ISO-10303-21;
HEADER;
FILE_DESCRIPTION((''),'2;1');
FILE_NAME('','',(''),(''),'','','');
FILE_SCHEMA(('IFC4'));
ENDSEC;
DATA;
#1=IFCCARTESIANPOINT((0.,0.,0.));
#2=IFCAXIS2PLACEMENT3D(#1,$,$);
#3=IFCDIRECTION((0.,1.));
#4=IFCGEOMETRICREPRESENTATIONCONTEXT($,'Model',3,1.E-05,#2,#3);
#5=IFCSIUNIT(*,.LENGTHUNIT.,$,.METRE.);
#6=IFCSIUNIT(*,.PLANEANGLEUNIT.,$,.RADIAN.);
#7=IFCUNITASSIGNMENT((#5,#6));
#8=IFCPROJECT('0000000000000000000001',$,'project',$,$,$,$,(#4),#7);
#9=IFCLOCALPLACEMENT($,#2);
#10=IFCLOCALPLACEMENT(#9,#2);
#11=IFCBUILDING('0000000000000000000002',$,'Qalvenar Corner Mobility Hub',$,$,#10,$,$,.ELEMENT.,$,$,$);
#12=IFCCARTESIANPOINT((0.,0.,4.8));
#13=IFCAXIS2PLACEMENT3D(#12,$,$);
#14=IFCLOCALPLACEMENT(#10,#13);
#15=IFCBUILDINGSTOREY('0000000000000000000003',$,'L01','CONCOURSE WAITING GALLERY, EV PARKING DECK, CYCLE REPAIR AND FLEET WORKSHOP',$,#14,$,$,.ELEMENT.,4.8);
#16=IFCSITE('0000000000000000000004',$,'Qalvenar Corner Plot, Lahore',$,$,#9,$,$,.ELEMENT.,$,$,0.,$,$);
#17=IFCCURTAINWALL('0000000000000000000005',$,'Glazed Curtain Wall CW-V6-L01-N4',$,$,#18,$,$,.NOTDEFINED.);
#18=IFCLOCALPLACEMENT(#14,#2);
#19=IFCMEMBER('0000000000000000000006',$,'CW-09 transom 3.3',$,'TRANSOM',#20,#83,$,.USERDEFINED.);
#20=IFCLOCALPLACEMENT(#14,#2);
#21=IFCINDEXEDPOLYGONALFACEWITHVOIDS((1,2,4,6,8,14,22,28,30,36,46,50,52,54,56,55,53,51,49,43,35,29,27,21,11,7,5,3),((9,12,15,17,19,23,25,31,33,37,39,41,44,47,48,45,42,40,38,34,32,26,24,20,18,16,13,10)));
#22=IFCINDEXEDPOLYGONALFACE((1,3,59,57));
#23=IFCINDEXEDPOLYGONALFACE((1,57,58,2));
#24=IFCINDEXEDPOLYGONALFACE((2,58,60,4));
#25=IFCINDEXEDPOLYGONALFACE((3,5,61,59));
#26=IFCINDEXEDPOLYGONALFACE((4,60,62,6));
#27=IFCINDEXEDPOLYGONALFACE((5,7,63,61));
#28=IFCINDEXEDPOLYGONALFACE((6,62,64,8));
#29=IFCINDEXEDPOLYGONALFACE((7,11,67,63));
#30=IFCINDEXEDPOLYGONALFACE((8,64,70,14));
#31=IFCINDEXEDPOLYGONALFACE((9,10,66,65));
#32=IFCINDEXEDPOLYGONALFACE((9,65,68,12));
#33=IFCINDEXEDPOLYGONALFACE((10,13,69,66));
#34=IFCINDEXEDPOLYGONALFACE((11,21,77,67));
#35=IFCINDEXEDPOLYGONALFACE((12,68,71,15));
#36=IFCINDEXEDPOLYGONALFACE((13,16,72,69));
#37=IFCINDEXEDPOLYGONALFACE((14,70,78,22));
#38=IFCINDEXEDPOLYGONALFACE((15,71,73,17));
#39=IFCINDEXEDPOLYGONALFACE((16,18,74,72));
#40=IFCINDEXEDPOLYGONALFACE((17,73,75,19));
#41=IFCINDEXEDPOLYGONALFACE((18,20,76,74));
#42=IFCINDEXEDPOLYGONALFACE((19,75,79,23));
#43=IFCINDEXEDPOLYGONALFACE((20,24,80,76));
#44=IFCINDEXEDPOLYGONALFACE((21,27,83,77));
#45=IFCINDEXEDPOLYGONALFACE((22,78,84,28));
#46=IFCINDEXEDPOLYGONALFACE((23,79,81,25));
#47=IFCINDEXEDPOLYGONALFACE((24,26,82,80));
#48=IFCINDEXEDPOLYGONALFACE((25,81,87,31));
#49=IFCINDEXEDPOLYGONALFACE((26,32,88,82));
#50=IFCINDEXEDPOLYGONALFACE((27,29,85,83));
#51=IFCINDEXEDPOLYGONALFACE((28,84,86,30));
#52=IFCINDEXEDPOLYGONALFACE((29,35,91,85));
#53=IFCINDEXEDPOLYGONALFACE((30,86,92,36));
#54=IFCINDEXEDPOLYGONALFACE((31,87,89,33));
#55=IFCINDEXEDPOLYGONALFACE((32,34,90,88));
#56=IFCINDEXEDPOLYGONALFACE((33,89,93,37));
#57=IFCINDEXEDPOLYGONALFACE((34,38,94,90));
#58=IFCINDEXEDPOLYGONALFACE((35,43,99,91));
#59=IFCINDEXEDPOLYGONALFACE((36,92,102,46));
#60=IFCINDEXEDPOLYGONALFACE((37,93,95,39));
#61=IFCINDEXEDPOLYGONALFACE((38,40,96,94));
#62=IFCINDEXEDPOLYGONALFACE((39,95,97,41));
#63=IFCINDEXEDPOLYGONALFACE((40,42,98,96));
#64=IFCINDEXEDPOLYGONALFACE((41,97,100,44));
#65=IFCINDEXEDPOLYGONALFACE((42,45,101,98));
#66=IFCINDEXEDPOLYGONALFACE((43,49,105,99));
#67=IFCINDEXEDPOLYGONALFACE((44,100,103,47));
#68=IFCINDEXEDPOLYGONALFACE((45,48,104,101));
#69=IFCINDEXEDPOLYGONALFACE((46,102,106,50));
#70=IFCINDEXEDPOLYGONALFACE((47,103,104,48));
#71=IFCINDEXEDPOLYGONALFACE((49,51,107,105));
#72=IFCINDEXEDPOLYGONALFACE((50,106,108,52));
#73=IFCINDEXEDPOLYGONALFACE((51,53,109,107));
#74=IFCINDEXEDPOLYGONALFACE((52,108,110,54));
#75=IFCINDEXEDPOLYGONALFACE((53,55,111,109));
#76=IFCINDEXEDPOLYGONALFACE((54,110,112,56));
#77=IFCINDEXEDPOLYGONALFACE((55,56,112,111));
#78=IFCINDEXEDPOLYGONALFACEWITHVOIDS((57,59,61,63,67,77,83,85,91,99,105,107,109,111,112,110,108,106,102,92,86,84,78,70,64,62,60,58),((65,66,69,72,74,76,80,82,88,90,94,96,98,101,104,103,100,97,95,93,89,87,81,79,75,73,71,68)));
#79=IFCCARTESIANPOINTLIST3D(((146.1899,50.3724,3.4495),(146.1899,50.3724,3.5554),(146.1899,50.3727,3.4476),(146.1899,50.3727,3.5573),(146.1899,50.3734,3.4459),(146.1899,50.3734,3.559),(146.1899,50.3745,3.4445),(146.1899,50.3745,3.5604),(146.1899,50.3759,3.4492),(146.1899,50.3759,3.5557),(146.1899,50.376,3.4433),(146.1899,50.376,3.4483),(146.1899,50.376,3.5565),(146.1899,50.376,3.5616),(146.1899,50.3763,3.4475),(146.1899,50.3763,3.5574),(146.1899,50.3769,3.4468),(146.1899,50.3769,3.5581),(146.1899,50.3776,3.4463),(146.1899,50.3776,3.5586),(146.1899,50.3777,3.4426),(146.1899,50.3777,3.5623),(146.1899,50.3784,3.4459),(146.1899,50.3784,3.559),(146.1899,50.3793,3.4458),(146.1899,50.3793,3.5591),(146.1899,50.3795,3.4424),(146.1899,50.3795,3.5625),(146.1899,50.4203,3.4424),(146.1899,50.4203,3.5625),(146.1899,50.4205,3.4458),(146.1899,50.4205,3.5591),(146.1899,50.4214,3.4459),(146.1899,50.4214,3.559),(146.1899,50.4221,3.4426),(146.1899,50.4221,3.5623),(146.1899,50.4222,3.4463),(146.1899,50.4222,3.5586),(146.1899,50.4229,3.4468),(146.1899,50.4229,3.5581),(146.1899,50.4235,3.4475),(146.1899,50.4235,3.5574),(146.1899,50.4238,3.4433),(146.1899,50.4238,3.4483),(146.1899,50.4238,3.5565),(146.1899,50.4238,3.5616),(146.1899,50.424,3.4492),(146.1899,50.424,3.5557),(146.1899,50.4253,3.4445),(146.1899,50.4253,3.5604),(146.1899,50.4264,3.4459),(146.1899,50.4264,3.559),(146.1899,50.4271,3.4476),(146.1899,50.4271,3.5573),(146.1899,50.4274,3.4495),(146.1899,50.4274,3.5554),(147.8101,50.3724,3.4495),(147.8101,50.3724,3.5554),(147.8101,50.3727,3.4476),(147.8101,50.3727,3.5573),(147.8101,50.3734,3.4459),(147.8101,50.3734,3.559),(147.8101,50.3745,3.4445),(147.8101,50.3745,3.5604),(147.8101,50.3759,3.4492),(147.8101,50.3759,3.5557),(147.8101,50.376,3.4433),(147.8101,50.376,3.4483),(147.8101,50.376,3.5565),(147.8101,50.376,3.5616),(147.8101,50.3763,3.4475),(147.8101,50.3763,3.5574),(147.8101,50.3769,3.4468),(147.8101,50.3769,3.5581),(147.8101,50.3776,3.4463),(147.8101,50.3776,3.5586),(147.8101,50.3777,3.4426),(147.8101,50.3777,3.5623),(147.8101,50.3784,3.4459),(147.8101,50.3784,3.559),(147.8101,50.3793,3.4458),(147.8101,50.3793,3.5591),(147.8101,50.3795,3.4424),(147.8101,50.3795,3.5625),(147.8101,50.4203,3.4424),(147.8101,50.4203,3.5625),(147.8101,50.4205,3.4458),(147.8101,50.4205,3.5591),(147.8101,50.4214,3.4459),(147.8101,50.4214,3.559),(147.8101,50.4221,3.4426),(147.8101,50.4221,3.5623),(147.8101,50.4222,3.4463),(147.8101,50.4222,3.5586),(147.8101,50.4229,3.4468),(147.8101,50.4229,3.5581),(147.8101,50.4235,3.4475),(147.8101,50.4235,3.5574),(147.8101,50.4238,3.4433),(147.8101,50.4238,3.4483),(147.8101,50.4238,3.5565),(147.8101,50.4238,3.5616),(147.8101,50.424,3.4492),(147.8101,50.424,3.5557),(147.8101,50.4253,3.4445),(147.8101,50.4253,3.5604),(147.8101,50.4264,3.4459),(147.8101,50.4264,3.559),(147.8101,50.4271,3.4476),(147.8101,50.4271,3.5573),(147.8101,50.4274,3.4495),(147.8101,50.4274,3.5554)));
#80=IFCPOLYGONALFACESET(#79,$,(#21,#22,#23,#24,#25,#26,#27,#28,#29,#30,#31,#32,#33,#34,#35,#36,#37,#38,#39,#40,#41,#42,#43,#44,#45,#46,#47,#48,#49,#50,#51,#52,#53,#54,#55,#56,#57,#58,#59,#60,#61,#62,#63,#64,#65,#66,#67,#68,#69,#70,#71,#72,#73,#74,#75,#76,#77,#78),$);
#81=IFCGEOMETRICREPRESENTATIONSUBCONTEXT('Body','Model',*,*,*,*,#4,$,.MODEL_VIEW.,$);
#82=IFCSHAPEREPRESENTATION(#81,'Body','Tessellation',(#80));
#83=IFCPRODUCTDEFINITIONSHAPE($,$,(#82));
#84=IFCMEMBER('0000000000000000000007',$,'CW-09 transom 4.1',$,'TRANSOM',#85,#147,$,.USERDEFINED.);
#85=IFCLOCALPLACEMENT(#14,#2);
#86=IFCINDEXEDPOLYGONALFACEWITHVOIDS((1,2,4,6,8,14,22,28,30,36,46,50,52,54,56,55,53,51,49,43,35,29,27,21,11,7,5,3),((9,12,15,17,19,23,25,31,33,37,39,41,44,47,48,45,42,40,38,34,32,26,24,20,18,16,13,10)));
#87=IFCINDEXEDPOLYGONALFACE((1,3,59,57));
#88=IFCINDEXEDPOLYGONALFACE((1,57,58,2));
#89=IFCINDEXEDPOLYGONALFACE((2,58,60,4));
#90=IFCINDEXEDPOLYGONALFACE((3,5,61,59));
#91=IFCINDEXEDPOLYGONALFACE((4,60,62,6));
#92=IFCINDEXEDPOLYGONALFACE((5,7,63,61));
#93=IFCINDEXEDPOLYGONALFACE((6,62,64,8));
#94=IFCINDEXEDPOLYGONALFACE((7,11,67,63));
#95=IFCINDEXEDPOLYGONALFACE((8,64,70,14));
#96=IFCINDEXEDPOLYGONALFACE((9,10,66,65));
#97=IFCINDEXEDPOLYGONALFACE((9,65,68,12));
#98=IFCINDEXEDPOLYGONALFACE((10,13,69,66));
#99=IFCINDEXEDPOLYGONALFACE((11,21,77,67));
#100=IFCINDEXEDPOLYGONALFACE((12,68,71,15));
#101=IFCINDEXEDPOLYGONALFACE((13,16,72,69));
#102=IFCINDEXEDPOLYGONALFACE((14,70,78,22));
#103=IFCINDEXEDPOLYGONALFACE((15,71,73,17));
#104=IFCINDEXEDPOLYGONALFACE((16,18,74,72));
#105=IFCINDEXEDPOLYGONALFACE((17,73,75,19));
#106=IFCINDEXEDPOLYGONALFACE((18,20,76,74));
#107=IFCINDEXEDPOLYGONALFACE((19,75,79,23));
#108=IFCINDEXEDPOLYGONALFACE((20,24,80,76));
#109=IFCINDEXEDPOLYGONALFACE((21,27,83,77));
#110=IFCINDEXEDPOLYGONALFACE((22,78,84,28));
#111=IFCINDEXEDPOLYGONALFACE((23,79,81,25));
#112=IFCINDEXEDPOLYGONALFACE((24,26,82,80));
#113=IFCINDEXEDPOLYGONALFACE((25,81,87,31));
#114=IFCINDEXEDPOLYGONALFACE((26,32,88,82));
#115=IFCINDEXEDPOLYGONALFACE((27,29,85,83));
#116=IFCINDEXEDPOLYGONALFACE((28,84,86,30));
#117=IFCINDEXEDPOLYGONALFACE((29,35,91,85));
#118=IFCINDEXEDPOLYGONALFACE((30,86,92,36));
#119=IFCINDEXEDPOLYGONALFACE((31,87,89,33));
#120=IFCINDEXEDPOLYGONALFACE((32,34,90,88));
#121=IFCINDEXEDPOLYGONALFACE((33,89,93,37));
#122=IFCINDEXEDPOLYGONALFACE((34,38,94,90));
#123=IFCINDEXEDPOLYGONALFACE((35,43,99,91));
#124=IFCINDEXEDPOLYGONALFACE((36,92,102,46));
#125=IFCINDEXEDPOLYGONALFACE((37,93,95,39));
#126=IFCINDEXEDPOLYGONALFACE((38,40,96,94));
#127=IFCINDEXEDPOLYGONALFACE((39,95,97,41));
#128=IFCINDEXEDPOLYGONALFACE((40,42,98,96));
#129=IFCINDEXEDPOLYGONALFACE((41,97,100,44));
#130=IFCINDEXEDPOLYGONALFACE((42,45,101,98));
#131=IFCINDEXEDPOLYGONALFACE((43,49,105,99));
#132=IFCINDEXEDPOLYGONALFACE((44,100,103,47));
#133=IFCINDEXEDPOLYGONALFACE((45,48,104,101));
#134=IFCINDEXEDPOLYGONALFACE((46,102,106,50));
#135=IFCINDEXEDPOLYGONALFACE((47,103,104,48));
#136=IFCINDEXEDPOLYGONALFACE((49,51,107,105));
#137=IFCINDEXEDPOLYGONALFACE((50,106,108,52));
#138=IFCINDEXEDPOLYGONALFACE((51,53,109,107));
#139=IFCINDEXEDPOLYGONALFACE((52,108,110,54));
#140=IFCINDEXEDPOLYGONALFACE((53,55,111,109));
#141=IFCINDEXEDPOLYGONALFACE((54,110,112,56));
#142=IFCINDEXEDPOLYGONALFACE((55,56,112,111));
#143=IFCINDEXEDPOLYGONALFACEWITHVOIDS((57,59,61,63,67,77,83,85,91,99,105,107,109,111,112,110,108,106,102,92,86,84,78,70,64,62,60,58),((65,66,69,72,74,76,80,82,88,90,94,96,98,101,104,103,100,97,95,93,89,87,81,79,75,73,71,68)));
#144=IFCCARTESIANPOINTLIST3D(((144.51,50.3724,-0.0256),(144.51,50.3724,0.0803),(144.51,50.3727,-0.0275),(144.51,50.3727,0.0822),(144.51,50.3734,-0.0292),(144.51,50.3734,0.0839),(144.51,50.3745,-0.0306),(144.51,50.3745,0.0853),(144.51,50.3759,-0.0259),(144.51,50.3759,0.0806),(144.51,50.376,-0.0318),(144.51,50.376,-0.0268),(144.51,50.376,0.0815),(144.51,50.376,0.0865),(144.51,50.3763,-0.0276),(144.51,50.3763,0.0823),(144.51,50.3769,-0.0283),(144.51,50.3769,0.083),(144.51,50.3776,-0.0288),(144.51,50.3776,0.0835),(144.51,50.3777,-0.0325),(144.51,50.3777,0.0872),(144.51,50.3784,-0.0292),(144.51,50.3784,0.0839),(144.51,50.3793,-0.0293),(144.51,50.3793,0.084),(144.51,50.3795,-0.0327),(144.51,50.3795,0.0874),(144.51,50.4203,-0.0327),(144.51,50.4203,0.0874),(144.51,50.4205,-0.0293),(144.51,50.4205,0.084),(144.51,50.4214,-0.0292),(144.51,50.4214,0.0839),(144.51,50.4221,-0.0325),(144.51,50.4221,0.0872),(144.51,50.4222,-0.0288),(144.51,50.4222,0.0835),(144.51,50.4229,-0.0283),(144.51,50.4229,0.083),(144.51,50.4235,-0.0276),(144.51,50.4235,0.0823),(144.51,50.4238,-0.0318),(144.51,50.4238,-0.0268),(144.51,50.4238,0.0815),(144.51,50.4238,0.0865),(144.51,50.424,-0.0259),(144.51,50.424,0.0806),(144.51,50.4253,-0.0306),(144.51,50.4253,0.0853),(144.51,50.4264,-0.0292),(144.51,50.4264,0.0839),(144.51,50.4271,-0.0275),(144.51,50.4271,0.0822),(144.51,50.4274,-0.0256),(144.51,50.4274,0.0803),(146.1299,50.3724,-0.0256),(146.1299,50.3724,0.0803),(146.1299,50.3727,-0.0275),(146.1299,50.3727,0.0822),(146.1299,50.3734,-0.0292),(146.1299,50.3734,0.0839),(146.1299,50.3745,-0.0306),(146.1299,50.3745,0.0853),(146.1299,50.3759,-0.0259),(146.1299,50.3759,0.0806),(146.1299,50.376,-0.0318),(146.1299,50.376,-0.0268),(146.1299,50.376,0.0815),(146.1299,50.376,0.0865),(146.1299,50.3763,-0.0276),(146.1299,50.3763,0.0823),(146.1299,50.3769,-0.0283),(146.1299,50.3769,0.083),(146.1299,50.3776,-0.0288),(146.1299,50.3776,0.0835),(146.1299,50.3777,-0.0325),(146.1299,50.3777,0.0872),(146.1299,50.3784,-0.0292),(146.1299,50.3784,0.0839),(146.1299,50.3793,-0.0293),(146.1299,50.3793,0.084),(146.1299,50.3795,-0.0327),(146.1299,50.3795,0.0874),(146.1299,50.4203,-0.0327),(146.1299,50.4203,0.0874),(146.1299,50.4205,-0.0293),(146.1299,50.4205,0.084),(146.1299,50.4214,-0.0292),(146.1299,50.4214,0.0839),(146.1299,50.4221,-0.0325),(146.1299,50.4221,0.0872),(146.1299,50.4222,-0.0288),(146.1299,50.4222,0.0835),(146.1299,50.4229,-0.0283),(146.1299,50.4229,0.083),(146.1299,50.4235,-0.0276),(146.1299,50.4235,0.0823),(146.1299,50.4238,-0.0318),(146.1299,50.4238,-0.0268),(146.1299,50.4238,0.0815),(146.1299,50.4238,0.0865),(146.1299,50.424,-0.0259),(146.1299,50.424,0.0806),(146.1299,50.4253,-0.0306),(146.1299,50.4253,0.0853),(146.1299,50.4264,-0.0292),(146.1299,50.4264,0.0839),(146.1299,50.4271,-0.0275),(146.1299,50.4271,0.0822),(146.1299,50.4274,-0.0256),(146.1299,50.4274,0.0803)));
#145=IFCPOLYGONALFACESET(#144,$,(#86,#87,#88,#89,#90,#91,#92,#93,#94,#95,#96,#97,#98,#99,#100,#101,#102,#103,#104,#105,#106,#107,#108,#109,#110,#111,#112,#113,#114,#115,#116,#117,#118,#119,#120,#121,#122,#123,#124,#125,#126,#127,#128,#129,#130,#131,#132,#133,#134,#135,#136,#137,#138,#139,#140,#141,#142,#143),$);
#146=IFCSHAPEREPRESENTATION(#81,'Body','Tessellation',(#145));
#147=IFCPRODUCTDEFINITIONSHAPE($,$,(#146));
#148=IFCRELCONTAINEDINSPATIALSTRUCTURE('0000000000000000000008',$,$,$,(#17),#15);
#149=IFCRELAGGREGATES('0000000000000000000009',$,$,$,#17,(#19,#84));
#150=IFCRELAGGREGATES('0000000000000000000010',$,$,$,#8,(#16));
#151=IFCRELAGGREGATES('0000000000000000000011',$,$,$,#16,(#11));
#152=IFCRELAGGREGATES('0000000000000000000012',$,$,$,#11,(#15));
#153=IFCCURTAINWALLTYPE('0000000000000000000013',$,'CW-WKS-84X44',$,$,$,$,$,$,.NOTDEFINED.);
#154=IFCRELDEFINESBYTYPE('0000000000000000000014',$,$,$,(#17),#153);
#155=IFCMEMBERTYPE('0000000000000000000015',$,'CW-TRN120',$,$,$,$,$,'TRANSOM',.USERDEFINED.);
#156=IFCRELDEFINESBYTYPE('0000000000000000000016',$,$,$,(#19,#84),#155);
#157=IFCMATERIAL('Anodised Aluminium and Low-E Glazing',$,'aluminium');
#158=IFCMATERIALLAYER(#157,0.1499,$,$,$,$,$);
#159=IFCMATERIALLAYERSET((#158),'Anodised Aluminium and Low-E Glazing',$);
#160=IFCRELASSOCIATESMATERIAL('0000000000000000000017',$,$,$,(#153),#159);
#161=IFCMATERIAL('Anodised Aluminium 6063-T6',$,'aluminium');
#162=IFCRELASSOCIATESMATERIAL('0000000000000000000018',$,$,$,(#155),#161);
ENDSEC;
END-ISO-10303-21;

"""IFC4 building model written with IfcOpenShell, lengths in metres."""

from ifc_helpers import new_model, si_unit, direction, frame, origin, origin_2d, place, context, subcontext, project, spatial, hollow_rectangle, extrude, material, layer, layer_set, material_profile, profile_set, type_object, element, aggregate, save


model = new_model("IFC4")

# Units and contexts
model_context = context("Model", 3, precision=1e-05, world=origin(), true_north=direction((0.0, 1.0)))
body_context = subcontext(model_context, "Body", "Model", "MODEL_VIEW")
ifc_project = project(units=[si_unit("LENGTHUNIT", "METRE"), si_unit("PLANEANGLEUNIT", "RADIAN")], contexts=[model_context])

# Site, building, storey
site_placement = place(None, origin())
site = spatial("IfcSite", under=ifc_project, at=site_placement, Name="Qalvenar Corner Plot, Lahore", CompositionType="ELEMENT", RefElevation=0.0)
building_placement = place(site_placement, origin())
building = spatial("IfcBuilding", under=site, at=building_placement, Name="Qalvenar Corner Mobility Hub", CompositionType="ELEMENT")
storey_placement = place(building_placement, frame((0.0, 0.0, 4.8)))
storey = spatial("IfcBuildingStorey", under=building, at=storey_placement, Name="L01", Description="CONCOURSE WAITING GALLERY, EV PARKING DECK, CYCLE REPAIR AND FLEET WORKSHOP", CompositionType="ELEMENT", Elevation=4.8)

# Curtain wall, members
ifc_material_1 = material(Name="Anodised Aluminium and Low-E Glazing", Category="aluminium")
ifc_layer_1 = layer(ifc_material_1, 0.1499)
ifc_layer_set_1 = layer_set([ifc_layer_1], Name="Anodised Aluminium and Low-E Glazing")
curtain_wall_type = type_object("IfcCurtainWallType", Name="CW-WKS-84X44", PredefinedType="NOTDEFINED", material=ifc_layer_set_1)
curtain_wall_placement = place(storey_placement, origin())
curtain_wall = element("IfcCurtainWall", 1, at=curtain_wall_placement, inside=storey, type_object=curtain_wall_type, Name="Glazed Curtain Wall CW-V6-L01-N4", PredefinedType="NOTDEFINED")
ifc_material_2 = material(Name="Anodised Aluminium 6063-T6", Category="aluminium")
ifc_material_profile_1 = material_profile(ifc_material_2, hollow_rectangle(XDim=0.0549, YDim=0.1201, WallThickness=0.0034, InnerFilletRadius=0.0034, OuterFilletRadius=0.0071, at=origin_2d()), Name="RHS120x55x3.5")
ifc_profile_set_1 = profile_set([ifc_material_profile_1], Name="Anodised Aluminium 6063-T6")
member_type_1 = type_object("IfcMemberType", Name="CW-TRN120", ElementType="TRANSOM", PredefinedType="USERDEFINED", material=ifc_profile_set_1)
member_1_placement = place(storey_placement, frame((147.8101, 50.3999, 3.5024), z_axis=(-1.0, 0.0, 0.0), x_axis=(0.0, -1.0, 0.0)))
member_1 = element("IfcMember", 2, at=member_1_placement, type_object=member_type_1, Name="CW-09 transom 3.3", ObjectType="TRANSOM", PredefinedType="USERDEFINED", context=body_context, shape_type="SweptSolid", body=[
    extrude(hollow_rectangle(XDim=0.0549, YDim=0.1201, WallThickness=0.0034, InnerFilletRadius=0.0034, OuterFilletRadius=0.0071, at=origin_2d()), origin(), (0.0, 0.0, 1.0), 1.6201),
])
member_2_placement = place(storey_placement, frame((146.1299, 50.3999, 0.0273), z_axis=(-1.0, 0.0, 0.0), x_axis=(0.0, -1.0, 0.0)))
member_2 = element("IfcMember", 3, at=member_2_placement, type_object=member_type_1, Name="CW-09 transom 4.1", ObjectType="TRANSOM", PredefinedType="USERDEFINED", context=body_context, shape_type="SweptSolid", body=[
    extrude(hollow_rectangle(XDim=0.0549, YDim=0.1201, WallThickness=0.0034, InnerFilletRadius=0.0034, OuterFilletRadius=0.0071, at=origin_2d()), origin(), (0.0, 0.0, 1.0), 1.6199),
])
aggregate(curtain_wall, [member_1, member_2])

save(model, "model.ifc")
